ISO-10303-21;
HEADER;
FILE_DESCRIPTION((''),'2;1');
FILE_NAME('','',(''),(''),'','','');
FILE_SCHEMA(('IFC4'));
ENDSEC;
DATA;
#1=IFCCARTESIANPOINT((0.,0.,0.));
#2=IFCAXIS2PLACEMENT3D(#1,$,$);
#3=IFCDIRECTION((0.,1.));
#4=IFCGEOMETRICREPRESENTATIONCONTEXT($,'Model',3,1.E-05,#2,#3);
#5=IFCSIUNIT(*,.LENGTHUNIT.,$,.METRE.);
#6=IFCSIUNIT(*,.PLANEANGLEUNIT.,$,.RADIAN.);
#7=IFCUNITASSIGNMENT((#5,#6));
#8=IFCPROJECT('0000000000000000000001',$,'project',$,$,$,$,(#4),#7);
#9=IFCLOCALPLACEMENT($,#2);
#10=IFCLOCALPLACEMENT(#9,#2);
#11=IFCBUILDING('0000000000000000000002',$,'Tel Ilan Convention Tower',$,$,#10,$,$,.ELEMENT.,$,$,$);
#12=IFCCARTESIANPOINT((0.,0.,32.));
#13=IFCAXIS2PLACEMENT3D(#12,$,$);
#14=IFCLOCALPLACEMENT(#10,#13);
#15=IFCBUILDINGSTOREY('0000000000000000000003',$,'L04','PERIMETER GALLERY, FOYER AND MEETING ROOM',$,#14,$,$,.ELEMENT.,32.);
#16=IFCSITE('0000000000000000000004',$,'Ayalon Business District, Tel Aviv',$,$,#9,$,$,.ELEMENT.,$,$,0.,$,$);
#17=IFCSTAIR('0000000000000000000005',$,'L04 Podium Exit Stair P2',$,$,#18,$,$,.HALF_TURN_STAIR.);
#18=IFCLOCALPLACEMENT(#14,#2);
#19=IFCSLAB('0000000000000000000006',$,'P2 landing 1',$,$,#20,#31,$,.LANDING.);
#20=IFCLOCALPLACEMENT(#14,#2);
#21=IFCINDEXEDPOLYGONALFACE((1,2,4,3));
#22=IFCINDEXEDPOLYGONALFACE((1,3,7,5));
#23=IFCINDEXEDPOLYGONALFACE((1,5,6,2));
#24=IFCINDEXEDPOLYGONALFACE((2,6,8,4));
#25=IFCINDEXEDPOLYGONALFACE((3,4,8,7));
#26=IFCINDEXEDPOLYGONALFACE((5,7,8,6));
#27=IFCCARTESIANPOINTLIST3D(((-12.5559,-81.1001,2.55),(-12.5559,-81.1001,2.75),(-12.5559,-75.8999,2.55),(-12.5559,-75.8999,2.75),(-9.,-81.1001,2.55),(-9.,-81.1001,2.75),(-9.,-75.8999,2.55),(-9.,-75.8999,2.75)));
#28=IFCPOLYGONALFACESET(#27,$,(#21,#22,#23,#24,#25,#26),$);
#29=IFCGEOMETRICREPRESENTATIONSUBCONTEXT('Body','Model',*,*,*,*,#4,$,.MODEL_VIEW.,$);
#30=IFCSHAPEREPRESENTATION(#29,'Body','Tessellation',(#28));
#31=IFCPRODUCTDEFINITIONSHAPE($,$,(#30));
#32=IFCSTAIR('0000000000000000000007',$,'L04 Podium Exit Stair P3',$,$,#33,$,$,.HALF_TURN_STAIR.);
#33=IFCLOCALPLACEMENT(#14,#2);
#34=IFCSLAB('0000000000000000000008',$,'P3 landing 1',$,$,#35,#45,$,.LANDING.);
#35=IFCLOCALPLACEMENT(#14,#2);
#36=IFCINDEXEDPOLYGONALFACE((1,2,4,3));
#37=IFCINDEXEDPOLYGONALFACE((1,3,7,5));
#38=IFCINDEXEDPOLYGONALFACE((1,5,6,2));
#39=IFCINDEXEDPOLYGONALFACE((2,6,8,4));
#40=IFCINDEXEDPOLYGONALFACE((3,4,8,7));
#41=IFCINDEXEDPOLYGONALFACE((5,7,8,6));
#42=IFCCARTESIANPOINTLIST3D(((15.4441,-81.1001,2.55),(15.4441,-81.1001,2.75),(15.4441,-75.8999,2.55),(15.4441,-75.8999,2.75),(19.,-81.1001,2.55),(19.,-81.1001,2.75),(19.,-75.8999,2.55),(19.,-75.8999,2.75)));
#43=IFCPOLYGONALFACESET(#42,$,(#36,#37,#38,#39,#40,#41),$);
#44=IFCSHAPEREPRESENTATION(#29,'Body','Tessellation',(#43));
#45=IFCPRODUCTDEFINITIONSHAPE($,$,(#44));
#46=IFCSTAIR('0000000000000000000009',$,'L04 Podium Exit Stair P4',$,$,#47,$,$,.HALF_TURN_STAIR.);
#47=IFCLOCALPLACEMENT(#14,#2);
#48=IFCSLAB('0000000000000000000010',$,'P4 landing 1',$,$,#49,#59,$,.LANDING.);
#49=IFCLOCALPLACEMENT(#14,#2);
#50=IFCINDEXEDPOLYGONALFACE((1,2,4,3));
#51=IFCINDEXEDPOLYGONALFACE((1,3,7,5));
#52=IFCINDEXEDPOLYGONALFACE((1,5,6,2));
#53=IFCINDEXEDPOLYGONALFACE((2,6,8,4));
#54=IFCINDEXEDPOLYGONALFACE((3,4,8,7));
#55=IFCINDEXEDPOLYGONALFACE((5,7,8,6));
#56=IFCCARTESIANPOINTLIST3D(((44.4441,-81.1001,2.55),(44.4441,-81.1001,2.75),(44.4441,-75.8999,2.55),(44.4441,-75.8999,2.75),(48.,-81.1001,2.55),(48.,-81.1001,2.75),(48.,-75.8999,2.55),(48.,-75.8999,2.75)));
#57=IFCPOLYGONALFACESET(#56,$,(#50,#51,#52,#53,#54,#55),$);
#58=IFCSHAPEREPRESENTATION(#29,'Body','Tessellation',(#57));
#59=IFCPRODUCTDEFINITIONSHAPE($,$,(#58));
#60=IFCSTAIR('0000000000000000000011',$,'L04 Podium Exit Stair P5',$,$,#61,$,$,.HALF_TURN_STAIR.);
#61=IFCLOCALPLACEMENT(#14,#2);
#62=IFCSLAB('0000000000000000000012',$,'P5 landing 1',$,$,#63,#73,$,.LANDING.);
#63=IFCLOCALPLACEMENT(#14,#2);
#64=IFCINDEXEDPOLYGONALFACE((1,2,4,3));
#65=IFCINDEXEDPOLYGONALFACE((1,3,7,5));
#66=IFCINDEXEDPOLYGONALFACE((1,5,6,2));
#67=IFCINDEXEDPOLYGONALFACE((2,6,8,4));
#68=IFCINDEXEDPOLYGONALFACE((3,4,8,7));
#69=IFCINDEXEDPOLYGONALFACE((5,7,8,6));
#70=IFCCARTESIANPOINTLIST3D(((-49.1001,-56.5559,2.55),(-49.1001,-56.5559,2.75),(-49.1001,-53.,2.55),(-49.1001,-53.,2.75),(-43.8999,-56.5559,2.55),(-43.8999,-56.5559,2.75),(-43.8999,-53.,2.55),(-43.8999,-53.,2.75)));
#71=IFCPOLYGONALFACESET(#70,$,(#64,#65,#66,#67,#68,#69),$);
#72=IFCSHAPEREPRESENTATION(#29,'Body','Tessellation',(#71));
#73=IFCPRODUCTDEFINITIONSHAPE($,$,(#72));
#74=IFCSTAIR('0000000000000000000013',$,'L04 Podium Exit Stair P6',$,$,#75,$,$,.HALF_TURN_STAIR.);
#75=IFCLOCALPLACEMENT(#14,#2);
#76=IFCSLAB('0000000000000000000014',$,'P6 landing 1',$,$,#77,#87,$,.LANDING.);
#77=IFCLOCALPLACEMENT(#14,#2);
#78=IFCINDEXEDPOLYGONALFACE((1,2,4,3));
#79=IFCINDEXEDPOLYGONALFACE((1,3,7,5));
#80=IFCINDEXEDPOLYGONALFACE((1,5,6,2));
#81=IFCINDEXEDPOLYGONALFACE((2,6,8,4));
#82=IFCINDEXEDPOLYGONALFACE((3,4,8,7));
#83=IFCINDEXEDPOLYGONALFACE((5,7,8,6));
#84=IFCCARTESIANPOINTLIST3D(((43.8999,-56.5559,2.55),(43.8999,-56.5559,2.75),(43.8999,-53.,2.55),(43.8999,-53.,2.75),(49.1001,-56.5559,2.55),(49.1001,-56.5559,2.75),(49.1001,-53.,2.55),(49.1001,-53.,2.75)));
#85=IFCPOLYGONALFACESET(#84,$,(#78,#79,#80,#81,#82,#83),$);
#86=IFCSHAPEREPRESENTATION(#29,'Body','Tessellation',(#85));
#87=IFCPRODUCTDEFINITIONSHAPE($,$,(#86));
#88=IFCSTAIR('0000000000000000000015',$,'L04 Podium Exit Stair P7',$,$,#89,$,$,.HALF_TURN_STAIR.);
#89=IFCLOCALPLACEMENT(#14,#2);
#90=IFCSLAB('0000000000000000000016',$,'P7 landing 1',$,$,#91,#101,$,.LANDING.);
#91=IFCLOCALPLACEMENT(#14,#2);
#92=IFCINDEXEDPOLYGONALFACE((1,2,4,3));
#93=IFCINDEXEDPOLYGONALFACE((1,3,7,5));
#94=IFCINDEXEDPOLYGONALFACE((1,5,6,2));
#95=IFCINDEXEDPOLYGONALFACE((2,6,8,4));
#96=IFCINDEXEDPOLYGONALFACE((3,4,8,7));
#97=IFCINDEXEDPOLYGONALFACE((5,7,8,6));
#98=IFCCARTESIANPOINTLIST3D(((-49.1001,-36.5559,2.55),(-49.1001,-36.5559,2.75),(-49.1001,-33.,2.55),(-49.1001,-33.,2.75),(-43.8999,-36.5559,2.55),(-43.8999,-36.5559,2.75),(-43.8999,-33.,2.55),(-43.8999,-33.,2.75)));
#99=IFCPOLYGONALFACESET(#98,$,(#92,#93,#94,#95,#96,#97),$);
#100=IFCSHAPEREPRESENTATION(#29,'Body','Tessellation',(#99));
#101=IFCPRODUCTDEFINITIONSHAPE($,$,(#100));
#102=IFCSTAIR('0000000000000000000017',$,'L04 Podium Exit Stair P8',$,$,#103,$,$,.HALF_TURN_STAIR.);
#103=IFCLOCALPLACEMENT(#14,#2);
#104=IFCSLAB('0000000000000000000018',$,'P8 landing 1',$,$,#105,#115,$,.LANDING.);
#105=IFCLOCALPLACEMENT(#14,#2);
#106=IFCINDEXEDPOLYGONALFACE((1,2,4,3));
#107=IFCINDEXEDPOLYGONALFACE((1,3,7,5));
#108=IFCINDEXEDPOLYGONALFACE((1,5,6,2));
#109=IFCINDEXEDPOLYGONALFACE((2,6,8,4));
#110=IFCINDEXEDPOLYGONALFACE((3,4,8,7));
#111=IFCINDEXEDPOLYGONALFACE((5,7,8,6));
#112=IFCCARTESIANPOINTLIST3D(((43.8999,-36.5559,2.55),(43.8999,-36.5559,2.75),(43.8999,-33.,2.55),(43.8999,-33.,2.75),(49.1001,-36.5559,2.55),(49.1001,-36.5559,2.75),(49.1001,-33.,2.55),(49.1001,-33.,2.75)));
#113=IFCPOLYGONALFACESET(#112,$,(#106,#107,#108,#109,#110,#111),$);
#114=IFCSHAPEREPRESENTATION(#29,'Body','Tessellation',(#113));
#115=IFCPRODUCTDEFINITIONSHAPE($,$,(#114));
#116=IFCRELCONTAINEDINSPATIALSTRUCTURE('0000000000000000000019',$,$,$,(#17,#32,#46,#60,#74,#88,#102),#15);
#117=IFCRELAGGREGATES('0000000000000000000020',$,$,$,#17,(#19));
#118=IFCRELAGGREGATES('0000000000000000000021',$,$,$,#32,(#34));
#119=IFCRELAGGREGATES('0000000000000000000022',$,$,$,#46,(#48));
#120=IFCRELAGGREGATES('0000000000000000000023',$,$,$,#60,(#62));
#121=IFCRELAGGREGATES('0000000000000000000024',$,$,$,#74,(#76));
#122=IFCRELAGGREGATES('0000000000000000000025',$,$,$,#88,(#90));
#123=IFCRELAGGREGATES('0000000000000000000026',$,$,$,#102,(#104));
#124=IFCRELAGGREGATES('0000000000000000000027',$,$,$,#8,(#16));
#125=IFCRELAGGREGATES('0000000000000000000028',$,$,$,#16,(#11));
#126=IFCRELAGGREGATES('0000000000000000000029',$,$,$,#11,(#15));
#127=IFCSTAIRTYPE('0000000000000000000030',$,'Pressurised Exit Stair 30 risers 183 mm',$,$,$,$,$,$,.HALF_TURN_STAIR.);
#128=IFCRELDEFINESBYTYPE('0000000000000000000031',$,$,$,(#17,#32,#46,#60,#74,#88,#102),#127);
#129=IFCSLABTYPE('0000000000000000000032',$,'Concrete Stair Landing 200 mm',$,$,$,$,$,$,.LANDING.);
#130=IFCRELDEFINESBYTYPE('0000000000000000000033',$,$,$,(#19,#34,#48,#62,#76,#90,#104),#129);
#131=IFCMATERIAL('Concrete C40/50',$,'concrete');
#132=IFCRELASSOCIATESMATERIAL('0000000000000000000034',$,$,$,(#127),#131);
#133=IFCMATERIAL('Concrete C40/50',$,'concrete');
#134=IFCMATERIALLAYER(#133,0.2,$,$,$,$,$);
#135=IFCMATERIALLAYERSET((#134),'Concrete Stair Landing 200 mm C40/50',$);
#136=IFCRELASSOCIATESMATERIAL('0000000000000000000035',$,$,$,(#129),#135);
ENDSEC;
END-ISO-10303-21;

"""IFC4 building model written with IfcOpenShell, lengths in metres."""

from ifc_helpers import new_model, si_unit, direction, frame, origin, place, context, subcontext, project, spatial, polyline, outline, extrude, material, layer, layer_set, type_object, element, aggregate, save


model = new_model("IFC4")

# Units and contexts
model_context = context("Model", 3, precision=1e-05, world=origin(), true_north=direction((0.0, 1.0)))
body_context = subcontext(model_context, "Body", "Model", "MODEL_VIEW")
ifc_project = project(units=[si_unit("LENGTHUNIT", "METRE"), si_unit("PLANEANGLEUNIT", "RADIAN")], contexts=[model_context])

# Site, building, storey
site_placement = place(None, origin())
site = spatial("IfcSite", under=ifc_project, at=site_placement, Name="Ayalon Business District, Tel Aviv", CompositionType="ELEMENT", RefElevation=0.0)
building_placement = place(site_placement, origin())
building = spatial("IfcBuilding", under=site, at=building_placement, Name="Tel Ilan Convention Tower", CompositionType="ELEMENT")
storey_placement = place(building_placement, frame((0.0, 0.0, 32.0)))
storey = spatial("IfcBuildingStorey", under=building, at=storey_placement, Name="L04", Description="PERIMETER GALLERY, FOYER AND MEETING ROOM", CompositionType="ELEMENT", Elevation=32.0)

# Stairs, slabs
ifc_material_1 = material(Name="Concrete C40/50", Category="concrete")
stair_type = type_object("IfcStairType", Name="Pressurised Exit Stair 30 risers 183 mm", PredefinedType="HALF_TURN_STAIR", material=ifc_material_1)
stair_1_placement = place(storey_placement, origin())
stair_1 = element("IfcStair", 1, at=stair_1_placement, inside=storey, type_object=stair_type, Name="L04 Podium Exit Stair P2", PredefinedType="HALF_TURN_STAIR")
ifc_material_2 = material(Name="Concrete C40/50", Category="concrete")
ifc_layer_1 = layer(ifc_material_2, 0.2)
ifc_layer_set_1 = layer_set([ifc_layer_1], Name="Concrete Stair Landing 200 mm C40/50")
slab_type_1 = type_object("IfcSlabType", Name="Concrete Stair Landing 200 mm", PredefinedType="LANDING", material=ifc_layer_set_1)
slab_1_placement = place(storey_placement, frame((0.0, 0.0, 2.55)))
slab_1 = element("IfcSlab", 2, at=slab_1_placement, type_object=slab_type_1, Name="P2 landing 1", PredefinedType="LANDING", context=body_context, shape_type="SweptSolid", body=[
    extrude(outline(polyline([(-12.5559, -81.1001), (-9.0, -81.1001), (-9.0, -75.8999), (-12.5559, -75.8999), (-12.5559, -81.1001)])), origin(), (0.0, 0.0, 1.0), 0.2),
])
aggregate(stair_1, [slab_1])
stair_2_placement = place(storey_placement, origin())
stair_2 = element("IfcStair", 3, at=stair_2_placement, inside=storey, type_object=stair_type, Name="L04 Podium Exit Stair P3", PredefinedType="HALF_TURN_STAIR")
slab_2_placement = place(storey_placement, frame((0.0, 0.0, 2.55)))
slab_2 = element("IfcSlab", 4, at=slab_2_placement, type_object=slab_type_1, Name="P3 landing 1", PredefinedType="LANDING", context=body_context, shape_type="SweptSolid", body=[
    extrude(outline(polyline([(15.4441, -81.1001), (19.0, -81.1001), (19.0, -75.8999), (15.4441, -75.8999), (15.4441, -81.1001)])), origin(), (0.0, 0.0, 1.0), 0.2),
])
aggregate(stair_2, [slab_2])
stair_3_placement = place(storey_placement, origin())
stair_3 = element("IfcStair", 5, at=stair_3_placement, inside=storey, type_object=stair_type, Name="L04 Podium Exit Stair P4", PredefinedType="HALF_TURN_STAIR")
slab_3_placement = place(storey_placement, frame((0.0, 0.0, 2.55)))
slab_3 = element("IfcSlab", 6, at=slab_3_placement, type_object=slab_type_1, Name="P4 landing 1", PredefinedType="LANDING", context=body_context, shape_type="SweptSolid", body=[
    extrude(outline(polyline([(44.4441, -81.1001), (48.0, -81.1001), (48.0, -75.8999), (44.4441, -75.8999), (44.4441, -81.1001)])), origin(), (0.0, 0.0, 1.0), 0.2),
])
aggregate(stair_3, [slab_3])
stair_4_placement = place(storey_placement, origin())
stair_4 = element("IfcStair", 7, at=stair_4_placement, inside=storey, type_object=stair_type, Name="L04 Podium Exit Stair P5", PredefinedType="HALF_TURN_STAIR")
slab_4_placement = place(storey_placement, frame((0.0, 0.0, 2.55)))
slab_4 = element("IfcSlab", 8, at=slab_4_placement, type_object=slab_type_1, Name="P5 landing 1", PredefinedType="LANDING", context=body_context, shape_type="SweptSolid", body=[
    extrude(outline(polyline([(-43.8999, -56.5559), (-43.8999, -53.0), (-49.1001, -53.0), (-49.1001, -56.5559), (-43.8999, -56.5559)])), origin(), (0.0, 0.0, 1.0), 0.2),
])
aggregate(stair_4, [slab_4])
stair_5_placement = place(storey_placement, origin())
stair_5 = element("IfcStair", 9, at=stair_5_placement, inside=storey, type_object=stair_type, Name="L04 Podium Exit Stair P6", PredefinedType="HALF_TURN_STAIR")
slab_5_placement = place(storey_placement, frame((0.0, 0.0, 2.55)))
slab_5 = element("IfcSlab", 10, at=slab_5_placement, type_object=slab_type_1, Name="P6 landing 1", PredefinedType="LANDING", context=body_context, shape_type="SweptSolid", body=[
    extrude(outline(polyline([(49.1001, -56.5559), (49.1001, -53.0), (43.8999, -53.0), (43.8999, -56.5559), (49.1001, -56.5559)])), origin(), (0.0, 0.0, 1.0), 0.2),
])
aggregate(stair_5, [slab_5])
stair_6_placement = place(storey_placement, origin())
stair_6 = element("IfcStair", 11, at=stair_6_placement, inside=storey, type_object=stair_type, Name="L04 Podium Exit Stair P7", PredefinedType="HALF_TURN_STAIR")
slab_6_placement = place(storey_placement, frame((0.0, 0.0, 2.55)))
slab_6 = element("IfcSlab", 12, at=slab_6_placement, type_object=slab_type_1, Name="P7 landing 1", PredefinedType="LANDING", context=body_context, shape_type="SweptSolid", body=[
    extrude(outline(polyline([(-43.8999, -36.5559), (-43.8999, -33.0), (-49.1001, -33.0), (-49.1001, -36.5559), (-43.8999, -36.5559)])), origin(), (0.0, 0.0, 1.0), 0.2),
])
aggregate(stair_6, [slab_6])
stair_7_placement = place(storey_placement, origin())
stair_7 = element("IfcStair", 13, at=stair_7_placement, inside=storey, type_object=stair_type, Name="L04 Podium Exit Stair P8", PredefinedType="HALF_TURN_STAIR")
slab_7_placement = place(storey_placement, frame((0.0, 0.0, 2.55)))
slab_7 = element("IfcSlab", 14, at=slab_7_placement, type_object=slab_type_1, Name="P8 landing 1", PredefinedType="LANDING", context=body_context, shape_type="SweptSolid", body=[
    extrude(outline(polyline([(49.1001, -36.5559), (49.1001, -33.0), (43.8999, -33.0), (43.8999, -36.5559), (49.1001, -36.5559)])), origin(), (0.0, 0.0, 1.0), 0.2),
])
aggregate(stair_7, [slab_7])

save(model, "model.ifc")
